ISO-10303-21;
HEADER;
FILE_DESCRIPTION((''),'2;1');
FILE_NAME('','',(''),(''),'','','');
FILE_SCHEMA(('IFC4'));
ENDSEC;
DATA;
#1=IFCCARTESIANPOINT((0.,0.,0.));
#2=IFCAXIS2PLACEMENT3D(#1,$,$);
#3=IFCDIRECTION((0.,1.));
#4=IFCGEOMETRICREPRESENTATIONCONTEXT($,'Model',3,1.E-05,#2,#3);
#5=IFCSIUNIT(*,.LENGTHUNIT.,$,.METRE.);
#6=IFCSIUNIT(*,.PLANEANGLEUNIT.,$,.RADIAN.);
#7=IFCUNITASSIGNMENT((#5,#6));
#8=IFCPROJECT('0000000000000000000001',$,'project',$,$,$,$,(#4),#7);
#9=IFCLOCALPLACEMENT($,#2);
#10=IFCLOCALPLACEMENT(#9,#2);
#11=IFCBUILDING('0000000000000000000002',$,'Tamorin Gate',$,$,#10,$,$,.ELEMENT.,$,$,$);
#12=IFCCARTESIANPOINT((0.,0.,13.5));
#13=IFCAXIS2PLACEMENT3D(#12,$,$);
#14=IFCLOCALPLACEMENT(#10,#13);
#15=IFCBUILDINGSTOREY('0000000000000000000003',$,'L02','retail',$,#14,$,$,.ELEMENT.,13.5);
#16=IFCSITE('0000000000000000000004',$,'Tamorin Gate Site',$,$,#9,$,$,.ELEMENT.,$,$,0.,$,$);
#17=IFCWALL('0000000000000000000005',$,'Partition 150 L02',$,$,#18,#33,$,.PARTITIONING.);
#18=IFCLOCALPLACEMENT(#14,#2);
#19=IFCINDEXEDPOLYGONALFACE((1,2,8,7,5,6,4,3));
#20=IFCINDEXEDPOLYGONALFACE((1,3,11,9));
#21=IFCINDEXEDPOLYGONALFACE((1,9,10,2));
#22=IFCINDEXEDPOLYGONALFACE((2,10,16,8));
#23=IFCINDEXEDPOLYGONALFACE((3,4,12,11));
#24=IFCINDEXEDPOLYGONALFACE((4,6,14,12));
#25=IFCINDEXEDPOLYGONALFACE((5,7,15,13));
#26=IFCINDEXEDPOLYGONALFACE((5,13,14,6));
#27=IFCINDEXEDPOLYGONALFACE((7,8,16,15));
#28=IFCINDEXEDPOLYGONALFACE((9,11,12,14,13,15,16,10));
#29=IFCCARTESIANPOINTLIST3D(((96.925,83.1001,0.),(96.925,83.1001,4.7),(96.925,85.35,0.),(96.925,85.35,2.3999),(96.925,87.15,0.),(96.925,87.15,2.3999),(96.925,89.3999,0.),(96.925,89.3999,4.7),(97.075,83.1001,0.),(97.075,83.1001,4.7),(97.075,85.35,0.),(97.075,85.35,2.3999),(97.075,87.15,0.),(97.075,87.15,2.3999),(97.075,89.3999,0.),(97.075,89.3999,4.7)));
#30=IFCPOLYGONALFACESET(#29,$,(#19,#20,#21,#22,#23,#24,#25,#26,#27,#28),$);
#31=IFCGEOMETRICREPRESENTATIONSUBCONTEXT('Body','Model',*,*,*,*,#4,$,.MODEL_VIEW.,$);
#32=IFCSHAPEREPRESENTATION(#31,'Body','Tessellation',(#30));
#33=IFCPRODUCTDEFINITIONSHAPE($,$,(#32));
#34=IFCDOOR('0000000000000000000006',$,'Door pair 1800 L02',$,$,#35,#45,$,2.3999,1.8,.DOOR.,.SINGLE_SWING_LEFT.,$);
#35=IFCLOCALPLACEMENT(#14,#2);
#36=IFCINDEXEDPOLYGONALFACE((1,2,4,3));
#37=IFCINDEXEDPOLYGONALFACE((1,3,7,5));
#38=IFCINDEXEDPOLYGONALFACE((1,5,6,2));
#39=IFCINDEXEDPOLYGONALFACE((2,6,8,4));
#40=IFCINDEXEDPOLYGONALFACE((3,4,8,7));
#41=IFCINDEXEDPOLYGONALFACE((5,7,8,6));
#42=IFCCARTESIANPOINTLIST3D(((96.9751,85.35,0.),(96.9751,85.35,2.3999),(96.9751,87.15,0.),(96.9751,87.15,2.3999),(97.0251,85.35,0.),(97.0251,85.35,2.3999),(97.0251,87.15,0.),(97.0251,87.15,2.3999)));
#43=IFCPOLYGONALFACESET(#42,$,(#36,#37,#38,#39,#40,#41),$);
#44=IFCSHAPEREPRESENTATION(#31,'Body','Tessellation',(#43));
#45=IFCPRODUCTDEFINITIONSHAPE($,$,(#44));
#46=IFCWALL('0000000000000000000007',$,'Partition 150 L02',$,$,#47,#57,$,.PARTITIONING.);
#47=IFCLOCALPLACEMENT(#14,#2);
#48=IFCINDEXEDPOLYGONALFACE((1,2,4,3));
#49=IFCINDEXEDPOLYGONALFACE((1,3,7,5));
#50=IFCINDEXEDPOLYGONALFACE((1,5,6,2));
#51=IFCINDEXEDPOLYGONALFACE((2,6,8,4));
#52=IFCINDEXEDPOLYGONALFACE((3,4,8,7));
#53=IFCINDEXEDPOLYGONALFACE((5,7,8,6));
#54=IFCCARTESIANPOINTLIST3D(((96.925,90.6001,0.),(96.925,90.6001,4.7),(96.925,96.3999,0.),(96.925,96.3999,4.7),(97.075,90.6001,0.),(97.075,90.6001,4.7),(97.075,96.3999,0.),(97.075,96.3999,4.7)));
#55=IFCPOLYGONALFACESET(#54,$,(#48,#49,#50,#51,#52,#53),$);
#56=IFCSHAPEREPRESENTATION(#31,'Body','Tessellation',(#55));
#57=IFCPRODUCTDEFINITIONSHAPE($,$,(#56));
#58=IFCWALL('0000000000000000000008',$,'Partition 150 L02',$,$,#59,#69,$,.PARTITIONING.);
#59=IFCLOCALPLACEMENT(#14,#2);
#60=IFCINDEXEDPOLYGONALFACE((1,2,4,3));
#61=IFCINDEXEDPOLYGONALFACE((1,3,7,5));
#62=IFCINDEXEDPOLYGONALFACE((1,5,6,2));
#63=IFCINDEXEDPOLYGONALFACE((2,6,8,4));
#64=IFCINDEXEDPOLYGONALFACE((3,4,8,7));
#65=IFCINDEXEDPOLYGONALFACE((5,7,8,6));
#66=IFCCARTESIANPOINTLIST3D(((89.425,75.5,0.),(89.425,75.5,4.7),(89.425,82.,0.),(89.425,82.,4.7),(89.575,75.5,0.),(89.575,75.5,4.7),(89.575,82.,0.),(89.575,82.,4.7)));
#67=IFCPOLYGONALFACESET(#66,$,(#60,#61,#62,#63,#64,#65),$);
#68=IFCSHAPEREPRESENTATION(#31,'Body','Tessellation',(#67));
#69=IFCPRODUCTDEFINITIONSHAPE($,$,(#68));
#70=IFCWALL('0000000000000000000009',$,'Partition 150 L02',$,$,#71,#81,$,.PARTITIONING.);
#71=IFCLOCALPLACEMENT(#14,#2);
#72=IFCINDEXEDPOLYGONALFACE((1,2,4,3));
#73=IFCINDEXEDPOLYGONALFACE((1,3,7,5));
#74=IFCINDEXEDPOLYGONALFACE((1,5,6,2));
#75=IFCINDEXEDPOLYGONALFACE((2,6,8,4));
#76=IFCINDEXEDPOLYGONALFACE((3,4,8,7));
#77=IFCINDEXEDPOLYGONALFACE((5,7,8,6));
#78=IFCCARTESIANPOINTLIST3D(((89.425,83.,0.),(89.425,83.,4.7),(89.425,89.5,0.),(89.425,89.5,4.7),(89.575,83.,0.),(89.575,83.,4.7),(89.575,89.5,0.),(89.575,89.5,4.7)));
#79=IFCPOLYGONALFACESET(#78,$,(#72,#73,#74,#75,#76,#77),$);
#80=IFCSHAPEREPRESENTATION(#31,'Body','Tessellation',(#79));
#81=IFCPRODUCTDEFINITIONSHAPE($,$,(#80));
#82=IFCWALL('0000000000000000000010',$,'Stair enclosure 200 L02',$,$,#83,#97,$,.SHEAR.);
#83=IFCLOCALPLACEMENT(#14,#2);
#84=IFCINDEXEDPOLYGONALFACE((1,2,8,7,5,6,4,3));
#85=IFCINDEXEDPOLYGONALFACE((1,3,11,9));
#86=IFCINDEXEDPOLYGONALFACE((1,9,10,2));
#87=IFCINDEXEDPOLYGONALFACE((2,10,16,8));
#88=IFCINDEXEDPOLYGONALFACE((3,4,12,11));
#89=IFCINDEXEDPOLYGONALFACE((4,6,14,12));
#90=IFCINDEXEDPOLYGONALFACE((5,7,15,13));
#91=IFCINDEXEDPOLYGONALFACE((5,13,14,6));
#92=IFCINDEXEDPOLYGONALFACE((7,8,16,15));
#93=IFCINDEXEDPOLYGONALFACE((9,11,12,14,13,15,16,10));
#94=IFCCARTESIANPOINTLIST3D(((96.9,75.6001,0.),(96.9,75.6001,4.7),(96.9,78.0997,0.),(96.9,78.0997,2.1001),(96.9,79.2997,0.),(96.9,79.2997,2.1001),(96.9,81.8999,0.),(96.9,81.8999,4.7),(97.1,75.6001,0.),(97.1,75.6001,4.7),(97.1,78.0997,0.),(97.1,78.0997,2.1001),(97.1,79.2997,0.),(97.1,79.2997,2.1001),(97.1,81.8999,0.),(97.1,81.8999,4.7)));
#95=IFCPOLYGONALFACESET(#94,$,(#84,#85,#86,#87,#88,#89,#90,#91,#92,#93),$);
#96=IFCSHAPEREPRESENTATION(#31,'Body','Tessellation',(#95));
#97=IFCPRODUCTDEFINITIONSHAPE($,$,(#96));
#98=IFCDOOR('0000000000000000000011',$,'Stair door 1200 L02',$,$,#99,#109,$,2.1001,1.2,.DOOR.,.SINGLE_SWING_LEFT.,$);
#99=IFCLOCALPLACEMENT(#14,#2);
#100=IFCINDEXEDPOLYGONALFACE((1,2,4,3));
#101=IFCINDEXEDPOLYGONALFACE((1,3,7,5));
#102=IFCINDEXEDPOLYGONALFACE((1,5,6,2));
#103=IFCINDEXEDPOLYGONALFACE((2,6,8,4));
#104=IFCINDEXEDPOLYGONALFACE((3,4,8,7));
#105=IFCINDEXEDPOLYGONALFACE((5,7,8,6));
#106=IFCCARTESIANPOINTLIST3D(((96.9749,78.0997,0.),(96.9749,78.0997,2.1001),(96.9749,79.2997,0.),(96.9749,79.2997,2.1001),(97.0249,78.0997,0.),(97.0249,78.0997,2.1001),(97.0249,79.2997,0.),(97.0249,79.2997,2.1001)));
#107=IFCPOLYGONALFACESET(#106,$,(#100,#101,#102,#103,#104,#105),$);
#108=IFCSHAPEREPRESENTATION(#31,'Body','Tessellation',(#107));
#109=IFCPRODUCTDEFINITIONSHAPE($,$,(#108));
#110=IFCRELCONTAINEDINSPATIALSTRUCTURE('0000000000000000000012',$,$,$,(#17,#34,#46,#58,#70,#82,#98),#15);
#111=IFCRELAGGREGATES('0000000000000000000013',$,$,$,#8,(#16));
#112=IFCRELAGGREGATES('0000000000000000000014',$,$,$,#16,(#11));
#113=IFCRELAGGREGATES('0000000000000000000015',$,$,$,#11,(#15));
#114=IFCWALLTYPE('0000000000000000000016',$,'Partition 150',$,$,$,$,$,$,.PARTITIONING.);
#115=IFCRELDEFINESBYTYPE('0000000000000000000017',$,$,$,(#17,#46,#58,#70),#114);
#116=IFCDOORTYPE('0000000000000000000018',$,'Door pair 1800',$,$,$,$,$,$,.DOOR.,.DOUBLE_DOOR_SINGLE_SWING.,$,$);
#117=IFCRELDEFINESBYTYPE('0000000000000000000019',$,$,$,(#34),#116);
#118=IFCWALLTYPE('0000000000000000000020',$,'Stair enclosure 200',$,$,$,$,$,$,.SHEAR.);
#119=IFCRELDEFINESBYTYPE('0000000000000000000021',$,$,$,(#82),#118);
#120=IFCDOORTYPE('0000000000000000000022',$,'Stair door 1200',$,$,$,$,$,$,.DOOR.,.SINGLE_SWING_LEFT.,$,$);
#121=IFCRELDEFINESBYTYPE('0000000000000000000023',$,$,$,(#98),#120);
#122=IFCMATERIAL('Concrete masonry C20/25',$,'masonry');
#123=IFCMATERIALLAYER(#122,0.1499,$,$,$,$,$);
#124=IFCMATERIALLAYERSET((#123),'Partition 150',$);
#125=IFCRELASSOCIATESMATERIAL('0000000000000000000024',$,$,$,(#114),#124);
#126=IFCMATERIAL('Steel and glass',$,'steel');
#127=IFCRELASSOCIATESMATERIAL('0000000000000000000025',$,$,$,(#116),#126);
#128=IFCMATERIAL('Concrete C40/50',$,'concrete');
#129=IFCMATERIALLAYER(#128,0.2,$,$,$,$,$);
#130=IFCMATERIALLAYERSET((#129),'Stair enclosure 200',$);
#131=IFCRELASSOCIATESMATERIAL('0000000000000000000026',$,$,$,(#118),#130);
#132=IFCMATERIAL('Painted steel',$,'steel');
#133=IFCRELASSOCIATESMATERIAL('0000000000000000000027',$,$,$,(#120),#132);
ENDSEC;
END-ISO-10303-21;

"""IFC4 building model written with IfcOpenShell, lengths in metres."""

from ifc_helpers import new_model, si_unit, direction, frame, frame_2d, origin, place, context, subcontext, project, spatial, rectangle, extrude, material, layer, layer_set, type_object, element, fill, save


model = new_model("IFC4")

# Units and contexts
model_context = context("Model", 3, precision=1e-05, world=origin(), true_north=direction((0.0, 1.0)))
body_context = subcontext(model_context, "Body", "Model", "MODEL_VIEW")
ifc_project = project(units=[si_unit("LENGTHUNIT", "METRE"), si_unit("PLANEANGLEUNIT", "RADIAN")], contexts=[model_context])

# Site, building, storey
site_placement = place(None, origin())
site = spatial("IfcSite", under=ifc_project, at=site_placement, Name="Tamorin Gate Site", CompositionType="ELEMENT", RefElevation=0.0)
building_placement = place(site_placement, origin())
building = spatial("IfcBuilding", under=site, at=building_placement, Name="Tamorin Gate", CompositionType="ELEMENT")
storey_placement = place(building_placement, frame((0.0, 0.0, 13.5)))
storey = spatial("IfcBuildingStorey", under=building, at=storey_placement, Name="L02", Description="retail", CompositionType="ELEMENT", Elevation=13.5)

# Shared definitions
ifc_material_1 = material(Name="Concrete masonry C20/25", Category="masonry")
ifc_layer_1 = layer(ifc_material_1, 0.1499)
ifc_layer_set_1 = layer_set([ifc_layer_1], Name="Partition 150")
wall_type_1 = type_object("IfcWallType", Name="Partition 150", PredefinedType="PARTITIONING", material=ifc_layer_set_1)
ifc_material_2 = material(Name="Steel and glass", Category="steel")
door_type_1 = type_object("IfcDoorType", Name="Door pair 1800", OperationType="DOUBLE_DOOR_SINGLE_SWING", PredefinedType="DOOR", material=ifc_material_2)

# Wall, opening, door
wall_1_placement = place(storey_placement, frame((97.0, 83.1001, 0.0), z_axis=(0.0, 0.0, 1.0), x_axis=(0.0, 1.0, 0.0)))
wall_1 = element("IfcWall", 1, at=wall_1_placement, inside=storey, type_object=wall_type_1, Name="Partition 150 L02", PredefinedType="PARTITIONING", context=body_context, shape_type="SweptSolid", body=[
    extrude(rectangle(XDim=6.2998, YDim=0.1499, at=frame_2d((3.1499, 0.0))), origin(), (0.0, 0.0, 1.0), 4.7),
])
opening_1_placement = place(wall_1_placement, frame((2.25, 0.0, 0.0)))
opening_1 = element("IfcOpeningElement", 2, at=opening_1_placement, cuts=wall_1, PredefinedType="OPENING", context=body_context, shape_type="SweptSolid", body=[
    extrude(rectangle(XDim=1.8, YDim=2.3999, at=frame_2d((0.8999, 1.2))), frame((0.0, 0.085, 0.0), z_axis=(0.0, -1.0, 0.0), x_axis=(1.0, 0.0, 0.0)), (0.0, 0.0, 1.0), 0.1699),
])
door_1_placement = place(opening_1_placement, origin())
door_1 = element("IfcDoor", 3, at=door_1_placement, inside=storey, type_object=door_type_1, Name="Door pair 1800 L02", OperationType="SINGLE_SWING_LEFT", OverallHeight=2.3999, OverallWidth=1.8, PredefinedType="DOOR", context=body_context, shape_type="SweptSolid", body=[
    extrude(rectangle(XDim=1.8, YDim=2.3999, at=frame_2d((0.8999, 1.2))), frame((0.0, 0.0249, 0.0), z_axis=(0.0, -1.0, 0.0), x_axis=(1.0, 0.0, 0.0)), (0.0, 0.0, 1.0), 0.05),
])
fill(opening_1, door_1)

# Walls
wall_2_placement = place(storey_placement, frame((97.0, 90.6001, 0.0), z_axis=(0.0, 0.0, 1.0), x_axis=(0.0, 1.0, 0.0)))
element("IfcWall", 4, at=wall_2_placement, inside=storey, type_object=wall_type_1, Name="Partition 150 L02", PredefinedType="PARTITIONING", context=body_context, shape_type="SweptSolid", body=[
    extrude(rectangle(XDim=5.7998, YDim=0.1499, at=frame_2d((2.8999, 0.0))), origin(), (0.0, 0.0, 1.0), 4.7),
])
for number, where, z_axis, x_axis, name in (
    (5, (89.5, 75.5, 0.0), (0.0, 0.0, 1.0), (0.0, 1.0, 0.0), "Partition 150 L02"),
    (6, (89.5, 83.0, 0.0), (0.0, 0.0, 1.0), (0.0, 1.0, 0.0), "Partition 150 L02"),
):
    element("IfcWall", number, at=place(storey_placement, frame(where, z_axis=z_axis, x_axis=x_axis)), inside=storey, type_object=wall_type_1, Name=name, PredefinedType="PARTITIONING", context=body_context, shape_type="SweptSolid", body=[
        extrude(rectangle(XDim=6.5, YDim=0.1499, at=frame_2d((3.25, 0.0))), origin(), (0.0, 0.0, 1.0), 4.7),
    ])

# Wall, opening, door
ifc_material_3 = material(Name="Concrete C40/50", Category="concrete")
ifc_layer_2 = layer(ifc_material_3, 0.2)
ifc_layer_set_2 = layer_set([ifc_layer_2], Name="Stair enclosure 200")
wall_type_2 = type_object("IfcWallType", Name="Stair enclosure 200", PredefinedType="SHEAR", material=ifc_layer_set_2)
wall_3_placement = place(storey_placement, frame((97.0, 81.8999, 0.0), z_axis=(0.0, 0.0, 1.0), x_axis=(0.0, -1.0, 0.0)))
wall_3 = element("IfcWall", 7, at=wall_3_placement, inside=storey, type_object=wall_type_2, Name="Stair enclosure 200 L02", PredefinedType="SHEAR", context=body_context, shape_type="SweptSolid", body=[
    extrude(rectangle(XDim=6.2998, YDim=0.2, at=frame_2d((3.1499, 0.0))), origin(), (0.0, 0.0, 1.0), 4.7),
])
opening_2_placement = place(wall_3_placement, frame((2.6001, 0.0, 0.0)))
opening_2 = element("IfcOpeningElement", 8, at=opening_2_placement, cuts=wall_3, PredefinedType="OPENING", context=body_context, shape_type="SweptSolid", body=[
    extrude(rectangle(XDim=1.2, YDim=2.1001, at=frame_2d((0.6001, 1.05))), frame((0.0, 0.1099, 0.0), z_axis=(0.0, -1.0, 0.0), x_axis=(1.0, 0.0, 0.0)), (0.0, 0.0, 1.0), 0.22),
])
ifc_material_4 = material(Name="Painted steel", Category="steel")
door_type_2 = type_object("IfcDoorType", Name="Stair door 1200", OperationType="SINGLE_SWING_LEFT", PredefinedType="DOOR", material=ifc_material_4)
door_2_placement = place(opening_2_placement, origin())
door_2 = element("IfcDoor", 9, at=door_2_placement, inside=storey, type_object=door_type_2, Name="Stair door 1200 L02", OperationType="SINGLE_SWING_LEFT", OverallHeight=2.1001, OverallWidth=1.2, PredefinedType="DOOR", context=body_context, shape_type="SweptSolid", body=[
    extrude(rectangle(XDim=1.2, YDim=2.1001, at=frame_2d((0.6001, 1.05))), frame((0.0, 0.0249, 0.0), z_axis=(0.0, -1.0, 0.0), x_axis=(1.0, 0.0, 0.0)), (0.0, 0.0, 1.0), 0.05),
])
fill(opening_2, door_2)

save(model, "model.ifc")
